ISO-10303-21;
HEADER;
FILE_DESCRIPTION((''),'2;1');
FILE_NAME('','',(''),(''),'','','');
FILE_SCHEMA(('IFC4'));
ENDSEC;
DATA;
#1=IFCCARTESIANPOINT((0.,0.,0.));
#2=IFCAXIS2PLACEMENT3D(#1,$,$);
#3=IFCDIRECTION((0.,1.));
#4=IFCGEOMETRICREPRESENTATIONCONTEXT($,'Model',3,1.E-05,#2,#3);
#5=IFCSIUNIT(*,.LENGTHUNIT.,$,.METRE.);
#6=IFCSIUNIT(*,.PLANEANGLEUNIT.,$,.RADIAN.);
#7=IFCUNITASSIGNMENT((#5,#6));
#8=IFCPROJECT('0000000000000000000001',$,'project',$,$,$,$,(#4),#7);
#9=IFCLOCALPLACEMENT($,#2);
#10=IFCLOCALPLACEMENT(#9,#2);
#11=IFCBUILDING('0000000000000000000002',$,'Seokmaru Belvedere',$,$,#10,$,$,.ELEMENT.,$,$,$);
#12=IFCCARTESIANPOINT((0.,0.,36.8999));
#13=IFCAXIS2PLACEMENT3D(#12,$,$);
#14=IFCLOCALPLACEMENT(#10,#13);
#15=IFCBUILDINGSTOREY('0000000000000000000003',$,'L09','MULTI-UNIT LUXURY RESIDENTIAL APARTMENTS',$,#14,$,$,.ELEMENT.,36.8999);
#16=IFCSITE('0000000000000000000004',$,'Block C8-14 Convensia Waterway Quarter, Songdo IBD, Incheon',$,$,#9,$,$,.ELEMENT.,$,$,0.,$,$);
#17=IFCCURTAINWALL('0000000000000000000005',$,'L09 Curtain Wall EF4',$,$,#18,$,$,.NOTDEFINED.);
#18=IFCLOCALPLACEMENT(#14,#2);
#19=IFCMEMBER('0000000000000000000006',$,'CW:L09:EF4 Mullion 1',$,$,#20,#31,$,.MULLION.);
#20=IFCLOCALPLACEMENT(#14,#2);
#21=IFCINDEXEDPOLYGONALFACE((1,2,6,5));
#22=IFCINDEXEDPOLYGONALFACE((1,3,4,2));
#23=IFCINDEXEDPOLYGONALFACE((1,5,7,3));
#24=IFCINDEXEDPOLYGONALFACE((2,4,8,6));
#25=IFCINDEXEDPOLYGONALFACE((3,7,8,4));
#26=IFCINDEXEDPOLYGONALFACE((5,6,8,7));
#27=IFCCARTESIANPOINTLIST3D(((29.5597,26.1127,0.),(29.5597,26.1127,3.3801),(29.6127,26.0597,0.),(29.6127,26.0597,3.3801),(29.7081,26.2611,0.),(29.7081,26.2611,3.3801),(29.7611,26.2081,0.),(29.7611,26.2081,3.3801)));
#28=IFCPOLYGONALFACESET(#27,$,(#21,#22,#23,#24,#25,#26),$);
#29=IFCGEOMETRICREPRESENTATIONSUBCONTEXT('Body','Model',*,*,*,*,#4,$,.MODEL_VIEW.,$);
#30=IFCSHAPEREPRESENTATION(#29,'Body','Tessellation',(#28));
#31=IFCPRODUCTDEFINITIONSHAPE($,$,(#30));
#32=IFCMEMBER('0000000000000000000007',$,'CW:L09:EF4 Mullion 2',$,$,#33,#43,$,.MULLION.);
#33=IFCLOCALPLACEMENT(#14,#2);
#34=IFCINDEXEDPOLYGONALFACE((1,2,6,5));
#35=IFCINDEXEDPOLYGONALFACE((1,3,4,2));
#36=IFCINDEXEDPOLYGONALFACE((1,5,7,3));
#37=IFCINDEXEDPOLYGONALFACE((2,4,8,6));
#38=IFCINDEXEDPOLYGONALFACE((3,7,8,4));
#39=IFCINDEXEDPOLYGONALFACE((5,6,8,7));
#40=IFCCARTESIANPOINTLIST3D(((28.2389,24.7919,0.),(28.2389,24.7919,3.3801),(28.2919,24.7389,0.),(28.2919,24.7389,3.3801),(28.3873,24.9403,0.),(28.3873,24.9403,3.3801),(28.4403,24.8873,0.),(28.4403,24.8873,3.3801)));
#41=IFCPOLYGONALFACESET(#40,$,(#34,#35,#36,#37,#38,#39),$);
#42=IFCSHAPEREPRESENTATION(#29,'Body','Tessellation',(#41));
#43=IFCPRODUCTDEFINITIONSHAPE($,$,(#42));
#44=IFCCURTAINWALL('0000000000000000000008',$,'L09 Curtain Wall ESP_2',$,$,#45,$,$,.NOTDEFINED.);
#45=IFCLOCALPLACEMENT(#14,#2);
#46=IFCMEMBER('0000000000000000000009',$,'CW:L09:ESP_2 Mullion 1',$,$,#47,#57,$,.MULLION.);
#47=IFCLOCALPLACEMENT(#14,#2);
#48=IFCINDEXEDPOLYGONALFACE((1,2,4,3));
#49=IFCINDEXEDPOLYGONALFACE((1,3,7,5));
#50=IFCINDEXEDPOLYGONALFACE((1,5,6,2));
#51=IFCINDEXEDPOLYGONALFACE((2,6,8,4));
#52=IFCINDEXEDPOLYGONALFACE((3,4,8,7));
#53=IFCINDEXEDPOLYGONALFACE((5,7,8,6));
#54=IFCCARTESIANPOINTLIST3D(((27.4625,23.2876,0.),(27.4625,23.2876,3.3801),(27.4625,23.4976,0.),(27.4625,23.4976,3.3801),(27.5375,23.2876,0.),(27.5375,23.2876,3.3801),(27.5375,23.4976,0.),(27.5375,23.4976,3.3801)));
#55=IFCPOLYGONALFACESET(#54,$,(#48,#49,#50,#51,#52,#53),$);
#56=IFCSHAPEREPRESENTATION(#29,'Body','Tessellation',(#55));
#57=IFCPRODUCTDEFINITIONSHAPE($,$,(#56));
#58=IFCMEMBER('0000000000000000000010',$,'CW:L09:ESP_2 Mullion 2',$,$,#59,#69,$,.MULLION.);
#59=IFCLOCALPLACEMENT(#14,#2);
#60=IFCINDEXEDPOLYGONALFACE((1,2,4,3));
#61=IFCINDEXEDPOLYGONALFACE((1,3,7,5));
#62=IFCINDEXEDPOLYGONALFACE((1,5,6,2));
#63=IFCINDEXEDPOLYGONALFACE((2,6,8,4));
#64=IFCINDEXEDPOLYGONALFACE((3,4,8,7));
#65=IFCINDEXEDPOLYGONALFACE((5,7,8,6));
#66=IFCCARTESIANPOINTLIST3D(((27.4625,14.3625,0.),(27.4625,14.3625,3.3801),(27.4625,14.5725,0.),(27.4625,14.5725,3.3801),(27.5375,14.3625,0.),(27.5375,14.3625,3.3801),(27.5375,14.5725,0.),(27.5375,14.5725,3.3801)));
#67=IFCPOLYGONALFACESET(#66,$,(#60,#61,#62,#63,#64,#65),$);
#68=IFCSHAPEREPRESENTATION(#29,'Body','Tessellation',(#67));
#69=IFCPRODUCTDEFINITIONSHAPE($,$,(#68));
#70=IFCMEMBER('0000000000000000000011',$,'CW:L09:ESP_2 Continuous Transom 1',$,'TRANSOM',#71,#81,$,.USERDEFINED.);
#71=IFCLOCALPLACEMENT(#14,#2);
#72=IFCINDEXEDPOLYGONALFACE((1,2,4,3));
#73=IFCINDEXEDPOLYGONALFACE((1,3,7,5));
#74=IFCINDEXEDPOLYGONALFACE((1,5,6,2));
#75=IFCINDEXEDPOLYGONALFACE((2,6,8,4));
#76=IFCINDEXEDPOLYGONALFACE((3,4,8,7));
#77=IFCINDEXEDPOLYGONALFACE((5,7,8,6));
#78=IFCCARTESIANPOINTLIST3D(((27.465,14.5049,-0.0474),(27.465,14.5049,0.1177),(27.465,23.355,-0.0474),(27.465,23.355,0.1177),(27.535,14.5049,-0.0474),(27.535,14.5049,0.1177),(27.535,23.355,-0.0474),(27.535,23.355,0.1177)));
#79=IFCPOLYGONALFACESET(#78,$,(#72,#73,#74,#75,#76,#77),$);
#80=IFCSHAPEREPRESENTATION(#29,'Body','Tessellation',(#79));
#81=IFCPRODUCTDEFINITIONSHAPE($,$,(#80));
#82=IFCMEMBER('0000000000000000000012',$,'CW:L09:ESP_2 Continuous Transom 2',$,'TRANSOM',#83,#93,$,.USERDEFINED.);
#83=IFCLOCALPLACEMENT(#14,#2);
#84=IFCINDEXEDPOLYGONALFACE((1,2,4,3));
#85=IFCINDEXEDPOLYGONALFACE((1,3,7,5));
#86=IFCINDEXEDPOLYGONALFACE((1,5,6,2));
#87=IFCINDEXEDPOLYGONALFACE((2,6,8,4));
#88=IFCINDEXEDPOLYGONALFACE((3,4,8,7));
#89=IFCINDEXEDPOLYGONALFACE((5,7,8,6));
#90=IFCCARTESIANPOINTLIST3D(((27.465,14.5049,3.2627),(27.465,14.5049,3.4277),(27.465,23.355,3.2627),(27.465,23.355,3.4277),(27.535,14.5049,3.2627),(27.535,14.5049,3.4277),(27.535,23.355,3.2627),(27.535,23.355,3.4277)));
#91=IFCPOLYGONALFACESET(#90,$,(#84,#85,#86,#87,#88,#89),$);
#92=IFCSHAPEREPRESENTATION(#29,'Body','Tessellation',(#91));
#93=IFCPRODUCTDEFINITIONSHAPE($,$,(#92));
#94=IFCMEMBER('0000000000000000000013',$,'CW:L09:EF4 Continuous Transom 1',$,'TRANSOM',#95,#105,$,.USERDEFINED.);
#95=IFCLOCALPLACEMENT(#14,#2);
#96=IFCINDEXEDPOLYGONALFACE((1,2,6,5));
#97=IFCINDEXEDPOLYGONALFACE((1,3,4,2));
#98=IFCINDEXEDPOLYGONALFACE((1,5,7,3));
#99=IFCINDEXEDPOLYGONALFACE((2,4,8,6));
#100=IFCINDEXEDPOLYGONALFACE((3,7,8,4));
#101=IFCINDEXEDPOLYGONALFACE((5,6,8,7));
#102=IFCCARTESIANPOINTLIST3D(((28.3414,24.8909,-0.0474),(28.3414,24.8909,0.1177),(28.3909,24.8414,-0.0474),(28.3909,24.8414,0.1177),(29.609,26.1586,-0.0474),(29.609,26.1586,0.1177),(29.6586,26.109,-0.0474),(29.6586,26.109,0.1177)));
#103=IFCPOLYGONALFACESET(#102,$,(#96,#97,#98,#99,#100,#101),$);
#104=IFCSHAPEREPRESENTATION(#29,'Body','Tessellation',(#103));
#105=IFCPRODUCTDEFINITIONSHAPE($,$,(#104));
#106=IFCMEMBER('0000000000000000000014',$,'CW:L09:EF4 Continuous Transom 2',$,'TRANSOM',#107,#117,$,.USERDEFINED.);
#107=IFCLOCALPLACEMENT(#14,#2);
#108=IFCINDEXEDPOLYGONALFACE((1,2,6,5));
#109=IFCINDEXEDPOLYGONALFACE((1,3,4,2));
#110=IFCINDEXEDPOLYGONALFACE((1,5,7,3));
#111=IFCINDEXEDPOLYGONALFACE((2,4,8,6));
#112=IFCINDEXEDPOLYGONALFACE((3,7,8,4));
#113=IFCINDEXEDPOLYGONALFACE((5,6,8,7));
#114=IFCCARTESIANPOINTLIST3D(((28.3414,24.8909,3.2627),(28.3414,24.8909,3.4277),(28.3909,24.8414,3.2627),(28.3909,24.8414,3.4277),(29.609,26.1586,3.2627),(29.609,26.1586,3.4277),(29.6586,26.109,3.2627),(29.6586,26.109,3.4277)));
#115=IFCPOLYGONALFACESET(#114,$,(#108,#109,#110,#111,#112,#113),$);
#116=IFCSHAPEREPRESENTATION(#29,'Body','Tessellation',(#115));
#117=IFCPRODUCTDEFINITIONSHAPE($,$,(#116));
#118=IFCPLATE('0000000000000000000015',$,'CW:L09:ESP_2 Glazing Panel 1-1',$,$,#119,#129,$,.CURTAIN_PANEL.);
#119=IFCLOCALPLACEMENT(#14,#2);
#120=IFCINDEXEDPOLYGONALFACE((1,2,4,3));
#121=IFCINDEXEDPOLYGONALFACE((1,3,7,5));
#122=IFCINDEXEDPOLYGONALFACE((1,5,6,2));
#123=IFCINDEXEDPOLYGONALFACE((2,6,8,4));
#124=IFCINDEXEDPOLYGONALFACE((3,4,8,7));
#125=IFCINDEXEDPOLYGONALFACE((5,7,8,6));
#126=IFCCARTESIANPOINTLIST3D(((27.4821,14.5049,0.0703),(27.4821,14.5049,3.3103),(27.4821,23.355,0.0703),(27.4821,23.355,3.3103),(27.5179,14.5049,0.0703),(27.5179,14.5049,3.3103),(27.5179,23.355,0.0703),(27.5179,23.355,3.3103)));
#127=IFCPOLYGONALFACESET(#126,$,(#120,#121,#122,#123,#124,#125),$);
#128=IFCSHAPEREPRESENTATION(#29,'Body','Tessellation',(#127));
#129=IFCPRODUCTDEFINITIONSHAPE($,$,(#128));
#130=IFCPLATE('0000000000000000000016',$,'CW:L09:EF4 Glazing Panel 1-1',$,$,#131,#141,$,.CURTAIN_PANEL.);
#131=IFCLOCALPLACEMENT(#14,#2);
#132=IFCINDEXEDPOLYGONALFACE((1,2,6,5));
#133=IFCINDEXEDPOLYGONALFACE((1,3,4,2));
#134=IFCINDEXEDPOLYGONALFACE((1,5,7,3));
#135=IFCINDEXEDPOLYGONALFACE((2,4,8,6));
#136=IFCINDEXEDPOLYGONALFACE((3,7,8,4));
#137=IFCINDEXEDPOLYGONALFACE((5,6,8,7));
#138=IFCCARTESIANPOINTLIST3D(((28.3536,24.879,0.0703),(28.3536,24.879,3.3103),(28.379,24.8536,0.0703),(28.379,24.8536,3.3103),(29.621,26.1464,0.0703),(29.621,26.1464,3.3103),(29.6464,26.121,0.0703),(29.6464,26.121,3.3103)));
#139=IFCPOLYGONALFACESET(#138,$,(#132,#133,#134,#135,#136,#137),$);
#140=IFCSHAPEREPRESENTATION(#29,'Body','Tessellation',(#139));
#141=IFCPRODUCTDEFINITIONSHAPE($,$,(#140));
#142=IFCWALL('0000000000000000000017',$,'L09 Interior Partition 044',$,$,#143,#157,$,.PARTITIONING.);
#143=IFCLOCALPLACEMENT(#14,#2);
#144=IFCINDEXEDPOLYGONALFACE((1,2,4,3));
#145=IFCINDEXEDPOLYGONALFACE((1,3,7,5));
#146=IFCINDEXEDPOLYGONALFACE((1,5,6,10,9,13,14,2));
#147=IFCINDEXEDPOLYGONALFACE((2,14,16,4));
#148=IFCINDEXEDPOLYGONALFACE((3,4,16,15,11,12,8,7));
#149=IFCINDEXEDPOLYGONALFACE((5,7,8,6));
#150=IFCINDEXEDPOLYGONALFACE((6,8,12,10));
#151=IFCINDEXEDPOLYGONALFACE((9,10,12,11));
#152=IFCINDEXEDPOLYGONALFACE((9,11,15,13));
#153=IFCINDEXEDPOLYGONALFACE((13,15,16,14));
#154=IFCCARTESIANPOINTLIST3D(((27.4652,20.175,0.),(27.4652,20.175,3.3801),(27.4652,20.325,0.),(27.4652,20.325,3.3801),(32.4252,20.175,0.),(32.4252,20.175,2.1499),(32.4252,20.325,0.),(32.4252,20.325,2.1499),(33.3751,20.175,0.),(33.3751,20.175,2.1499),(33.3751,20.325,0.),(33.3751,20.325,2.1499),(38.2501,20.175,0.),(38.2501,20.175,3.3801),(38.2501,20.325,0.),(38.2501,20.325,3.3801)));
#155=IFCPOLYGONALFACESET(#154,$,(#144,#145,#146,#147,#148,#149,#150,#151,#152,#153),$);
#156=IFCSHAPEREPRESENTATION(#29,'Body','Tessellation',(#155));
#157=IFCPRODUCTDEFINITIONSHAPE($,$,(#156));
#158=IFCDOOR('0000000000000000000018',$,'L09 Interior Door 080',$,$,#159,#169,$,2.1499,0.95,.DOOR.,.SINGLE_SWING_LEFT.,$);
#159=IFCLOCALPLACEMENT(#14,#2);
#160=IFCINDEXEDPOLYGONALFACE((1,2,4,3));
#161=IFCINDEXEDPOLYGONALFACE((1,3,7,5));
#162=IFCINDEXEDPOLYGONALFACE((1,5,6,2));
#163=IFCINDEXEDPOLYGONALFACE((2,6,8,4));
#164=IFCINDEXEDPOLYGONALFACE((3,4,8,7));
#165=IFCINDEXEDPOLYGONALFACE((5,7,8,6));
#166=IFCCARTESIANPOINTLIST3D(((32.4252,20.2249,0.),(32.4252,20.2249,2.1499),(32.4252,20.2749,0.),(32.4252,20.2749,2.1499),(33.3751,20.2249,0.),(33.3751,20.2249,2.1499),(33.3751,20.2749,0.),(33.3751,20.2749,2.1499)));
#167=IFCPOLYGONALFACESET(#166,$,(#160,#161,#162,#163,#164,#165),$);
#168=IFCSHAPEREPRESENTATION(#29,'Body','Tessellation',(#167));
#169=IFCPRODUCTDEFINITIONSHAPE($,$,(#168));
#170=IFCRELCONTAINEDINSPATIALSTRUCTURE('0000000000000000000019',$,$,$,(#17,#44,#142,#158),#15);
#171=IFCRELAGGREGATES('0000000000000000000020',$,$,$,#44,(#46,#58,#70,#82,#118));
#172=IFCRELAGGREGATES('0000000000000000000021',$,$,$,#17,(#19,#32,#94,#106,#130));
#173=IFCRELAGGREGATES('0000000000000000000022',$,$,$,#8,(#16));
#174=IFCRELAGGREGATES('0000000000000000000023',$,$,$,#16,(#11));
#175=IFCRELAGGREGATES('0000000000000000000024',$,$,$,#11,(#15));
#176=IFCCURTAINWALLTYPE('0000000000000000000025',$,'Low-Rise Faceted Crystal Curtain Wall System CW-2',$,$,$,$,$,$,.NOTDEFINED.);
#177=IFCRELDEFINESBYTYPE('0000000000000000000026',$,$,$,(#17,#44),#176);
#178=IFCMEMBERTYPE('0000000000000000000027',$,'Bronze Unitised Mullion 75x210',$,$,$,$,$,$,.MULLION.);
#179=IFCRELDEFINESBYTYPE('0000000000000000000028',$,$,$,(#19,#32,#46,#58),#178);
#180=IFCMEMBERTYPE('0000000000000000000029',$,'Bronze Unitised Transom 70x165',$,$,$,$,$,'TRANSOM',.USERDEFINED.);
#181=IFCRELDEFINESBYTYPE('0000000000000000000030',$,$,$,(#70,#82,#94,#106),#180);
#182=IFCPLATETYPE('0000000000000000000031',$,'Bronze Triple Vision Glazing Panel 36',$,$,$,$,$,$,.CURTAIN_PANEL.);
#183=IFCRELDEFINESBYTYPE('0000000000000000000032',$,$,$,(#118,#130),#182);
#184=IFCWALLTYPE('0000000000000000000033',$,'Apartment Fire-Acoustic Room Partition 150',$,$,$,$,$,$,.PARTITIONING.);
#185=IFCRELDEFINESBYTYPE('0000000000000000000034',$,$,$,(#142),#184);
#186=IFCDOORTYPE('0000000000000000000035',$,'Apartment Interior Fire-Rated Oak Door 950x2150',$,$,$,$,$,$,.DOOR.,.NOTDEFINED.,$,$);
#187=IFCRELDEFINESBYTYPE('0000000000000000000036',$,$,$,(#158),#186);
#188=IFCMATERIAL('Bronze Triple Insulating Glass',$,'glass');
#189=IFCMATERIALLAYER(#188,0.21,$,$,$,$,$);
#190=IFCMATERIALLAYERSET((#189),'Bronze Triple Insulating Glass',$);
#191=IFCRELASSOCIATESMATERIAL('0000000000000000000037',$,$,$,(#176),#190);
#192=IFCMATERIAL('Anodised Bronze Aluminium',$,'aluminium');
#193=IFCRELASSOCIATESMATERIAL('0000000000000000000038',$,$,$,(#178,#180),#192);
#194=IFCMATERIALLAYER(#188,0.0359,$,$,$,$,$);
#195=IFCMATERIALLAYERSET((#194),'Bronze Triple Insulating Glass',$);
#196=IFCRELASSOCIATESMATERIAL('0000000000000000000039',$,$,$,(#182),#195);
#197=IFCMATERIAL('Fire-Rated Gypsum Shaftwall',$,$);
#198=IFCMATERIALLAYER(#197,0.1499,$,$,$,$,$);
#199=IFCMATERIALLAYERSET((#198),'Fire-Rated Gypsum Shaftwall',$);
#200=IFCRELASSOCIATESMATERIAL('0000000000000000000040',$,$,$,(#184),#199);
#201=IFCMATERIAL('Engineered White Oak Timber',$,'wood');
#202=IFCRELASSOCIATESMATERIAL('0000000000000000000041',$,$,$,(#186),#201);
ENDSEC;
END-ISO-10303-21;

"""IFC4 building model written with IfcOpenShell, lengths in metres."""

from ifc_helpers import new_model, si_unit, direction, frame, frame_2d, origin, origin_2d, place, context, subcontext, project, spatial, rectangle, extrude, source, transform, mapped, material, layer, layer_set, material_profile, profile_set, type_object, type_shapes, element, fill, aggregate, save


model = new_model("IFC4")

# Units and contexts
model_context = context("Model", 3, precision=1e-05, world=origin(), true_north=direction((0.0, 1.0)))
body_context = subcontext(model_context, "Body", "Model", "MODEL_VIEW")
ifc_project = project(units=[si_unit("LENGTHUNIT", "METRE"), si_unit("PLANEANGLEUNIT", "RADIAN")], contexts=[model_context])

# Site, building, storey
site_placement = place(None, origin())
site = spatial("IfcSite", under=ifc_project, at=site_placement, Name="Block C8-14 Convensia Waterway Quarter, Songdo IBD, Incheon", CompositionType="ELEMENT", RefElevation=0.0)
building_placement = place(site_placement, origin())
building = spatial("IfcBuilding", under=site, at=building_placement, Name="Seokmaru Belvedere", CompositionType="ELEMENT")
storey_placement = place(building_placement, frame((0.0, 0.0, 36.8999)))
storey = spatial("IfcBuildingStorey", under=building, at=storey_placement, Name="L09", Description="MULTI-UNIT LUXURY RESIDENTIAL APARTMENTS", CompositionType="ELEMENT", Elevation=36.8999)

# Curtain walls, members
ifc_material_1 = material(Name="Bronze Triple Insulating Glass", Category="glass")
ifc_layer_1 = layer(ifc_material_1, 0.21)
ifc_layer_set_1 = layer_set([ifc_layer_1], Name="Bronze Triple Insulating Glass")
curtain_wall_type = type_object("IfcCurtainWallType", Name="Low-Rise Faceted Crystal Curtain Wall System CW-2", PredefinedType="NOTDEFINED", material=ifc_layer_set_1)
curtain_wall_1_placement = place(storey_placement, origin())
curtain_wall_1 = element("IfcCurtainWall", 1, at=curtain_wall_1_placement, inside=storey, type_object=curtain_wall_type, Name="L09 Curtain Wall EF4", PredefinedType="NOTDEFINED")
ifc_material_2 = material(Name="Anodised Bronze Aluminium", Category="aluminium")
ifc_material_profile_1 = material_profile(ifc_material_2, rectangle(XDim=0.075, YDim=0.21, at=origin_2d()), Name="CW-M-75x210")
ifc_profile_set_1 = profile_set([ifc_material_profile_1], Name="Anodised Bronze Aluminium")
member_type_1 = type_object("IfcMemberType", Name="Bronze Unitised Mullion 75x210", PredefinedType="MULLION", material=ifc_profile_set_1)
shared_shape_1 = source(origin(), body_context, "Body", "SweptSolid", [
    extrude(rectangle(XDim=0.075, YDim=0.21, at=origin_2d()), origin(), (0.0, 0.0, 1.0), 3.3801),
])
type_shapes(member_type_1, [shared_shape_1])
member_1_placement = place(storey_placement, frame((29.6604, 26.1604, 0.0), z_axis=(0.0, 0.0, 1.0), x_axis=(0.707107, -0.707107, 0.0)))
member_1 = element("IfcMember", 2, at=member_1_placement, type_object=member_type_1, Name="CW:L09:EF4 Mullion 1", PredefinedType="MULLION", context=body_context, shape_type="MappedRepresentation", body=[
    mapped(shared_shape_1, transform((0.0, 0.0, 0.0), scale=1.0)),
])
member_2_placement = place(storey_placement, frame((28.3396, 24.8396, 0.0), z_axis=(0.0, 0.0, 1.0), x_axis=(0.707107, -0.707107, 0.0)))
member_2 = element("IfcMember", 3, at=member_2_placement, type_object=member_type_1, Name="CW:L09:EF4 Mullion 2", PredefinedType="MULLION", context=body_context, shape_type="MappedRepresentation", body=[
    mapped(shared_shape_1, transform((0.0, 0.0, 0.0), scale=1.0)),
])
curtain_wall_2_placement = place(storey_placement, origin())
curtain_wall_2 = element("IfcCurtainWall", 4, at=curtain_wall_2_placement, inside=storey, type_object=curtain_wall_type, Name="L09 Curtain Wall ESP_2", PredefinedType="NOTDEFINED")
member_3_placement = place(storey_placement, frame((27.5, 23.3926, 0.0), z_axis=(0.0, 0.0, 1.0), x_axis=(1.0, 0.0, 0.0)))
member_3 = element("IfcMember", 5, at=member_3_placement, type_object=member_type_1, Name="CW:L09:ESP_2 Mullion 1", PredefinedType="MULLION", context=body_context, shape_type="MappedRepresentation", body=[
    mapped(shared_shape_1, transform((0.0, 0.0, 0.0), scale=1.0)),
])
member_4_placement = place(storey_placement, frame((27.5, 14.4675, 0.0), z_axis=(0.0, 0.0, 1.0), x_axis=(1.0, 0.0, 0.0)))
member_4 = element("IfcMember", 6, at=member_4_placement, type_object=member_type_1, Name="CW:L09:ESP_2 Mullion 2", PredefinedType="MULLION", context=body_context, shape_type="MappedRepresentation", body=[
    mapped(shared_shape_1, transform((0.0, 0.0, 0.0), scale=1.0)),
])
ifc_material_profile_2 = material_profile(ifc_material_2, rectangle(XDim=0.0701, YDim=0.165, at=origin_2d()), Name="CW-T-70x165")
ifc_profile_set_2 = profile_set([ifc_material_profile_2], Name="Anodised Bronze Aluminium")
member_type_2 = type_object("IfcMemberType", Name="Bronze Unitised Transom 70x165", ElementType="TRANSOM", PredefinedType="USERDEFINED", material=ifc_profile_set_2)
shared_shape_2 = source(origin(), body_context, "Body", "SweptSolid", [
    extrude(rectangle(XDim=0.0701, YDim=0.165, at=origin_2d()), origin(), (0.0, 0.0, 1.0), 8.8501),
])
member_5_placement = place(storey_placement, frame((27.5, 23.355, 0.0352), z_axis=(0.0, -1.0, 0.0), x_axis=(1.0, 0.0, 0.0)))
member_5 = element("IfcMember", 7, at=member_5_placement, type_object=member_type_2, Name="CW:L09:ESP_2 Continuous Transom 1", ObjectType="TRANSOM", PredefinedType="USERDEFINED", context=body_context, shape_type="MappedRepresentation", body=[
    mapped(shared_shape_2, transform((0.0, 0.0, 0.0), scale=1.0)),
])
member_6_placement = place(storey_placement, frame((27.5, 23.355, 3.3452), z_axis=(0.0, -1.0, 0.0), x_axis=(1.0, 0.0, 0.0)))
member_6 = element("IfcMember", 8, at=member_6_placement, type_object=member_type_2, Name="CW:L09:ESP_2 Continuous Transom 2", ObjectType="TRANSOM", PredefinedType="USERDEFINED", context=body_context, shape_type="MappedRepresentation", body=[
    mapped(shared_shape_2, transform((0.0, 0.0, 0.0), scale=1.0)),
])

# Members
shared_shape_3 = source(origin(), body_context, "Body", "SweptSolid", [
    extrude(rectangle(XDim=0.0701, YDim=0.165, at=origin_2d()), origin(), (0.0, 0.0, 1.0), 1.7927),
])
type_shapes(member_type_2, [shared_shape_2, shared_shape_3])
member_7_placement = place(storey_placement, frame((29.6338, 26.1338, 0.0352), z_axis=(-0.707107, -0.707107, 0.0), x_axis=(0.707107, -0.707107, 0.0)))
member_7 = element("IfcMember", 9, at=member_7_placement, type_object=member_type_2, Name="CW:L09:EF4 Continuous Transom 1", ObjectType="TRANSOM", PredefinedType="USERDEFINED", context=body_context, shape_type="MappedRepresentation", body=[
    mapped(shared_shape_3, transform((0.0, 0.0, 0.0), scale=1.0)),
])
member_8_placement = place(storey_placement, frame((29.6338, 26.1338, 3.3452), z_axis=(-0.707107, -0.707107, 0.0), x_axis=(0.707107, -0.707107, 0.0)))
member_8 = element("IfcMember", 10, at=member_8_placement, type_object=member_type_2, Name="CW:L09:EF4 Continuous Transom 2", ObjectType="TRANSOM", PredefinedType="USERDEFINED", context=body_context, shape_type="MappedRepresentation", body=[
    mapped(shared_shape_3, transform((0.0, 0.0, 0.0), scale=1.0)),
])

# Plates
ifc_layer_2 = layer(ifc_material_1, 0.0359)
ifc_layer_set_2 = layer_set([ifc_layer_2], Name="Bronze Triple Insulating Glass")
plate_type = type_object("IfcPlateType", Name="Bronze Triple Vision Glazing Panel 36", PredefinedType="CURTAIN_PANEL", material=ifc_layer_set_2)
shared_shape_4 = source(origin(), body_context, "Body", "SweptSolid", [
    extrude(rectangle(XDim=8.8501, YDim=0.0359, at=origin_2d()), origin(), (0.0, 0.0, 1.0), 3.24),
])
plate_1_placement = place(storey_placement, frame((27.5, 18.9299, 0.0703), z_axis=(0.0, 0.0, 1.0), x_axis=(0.0, -1.0, 0.0)))
plate_1 = element("IfcPlate", 11, at=plate_1_placement, type_object=plate_type, Name="CW:L09:ESP_2 Glazing Panel 1-1", PredefinedType="CURTAIN_PANEL", context=body_context, shape_type="MappedRepresentation", body=[
    mapped(shared_shape_4, transform((0.0, 0.0, 0.0), scale=1.0)),
])
aggregate(curtain_wall_2, [member_3, member_4, member_5, member_6, plate_1])
shared_shape_5 = source(origin(), body_context, "Body", "SweptSolid", [
    extrude(rectangle(XDim=1.7925, YDim=0.0359, at=origin_2d()), origin(), (0.0, 0.0, 1.0), 3.24),
])
type_shapes(plate_type, [shared_shape_4, shared_shape_5])
plate_2_placement = place(storey_placement, frame((29.0, 25.5, 0.0703), z_axis=(0.0, 0.0, 1.0), x_axis=(-0.707107, -0.707107, 0.0)))
plate_2 = element("IfcPlate", 12, at=plate_2_placement, type_object=plate_type, Name="CW:L09:EF4 Glazing Panel 1-1", PredefinedType="CURTAIN_PANEL", context=body_context, shape_type="MappedRepresentation", body=[
    mapped(shared_shape_5, transform((0.0, 0.0, 0.0), scale=1.0)),
])
aggregate(curtain_wall_1, [member_1, member_2, member_7, member_8, plate_2])

# Wall, opening, door
ifc_material_3 = material(Name="Fire-Rated Gypsum Shaftwall")
ifc_layer_3 = layer(ifc_material_3, 0.1499)
ifc_layer_set_3 = layer_set([ifc_layer_3], Name="Fire-Rated Gypsum Shaftwall")
wall_type_1 = type_object("IfcWallType", Name="Apartment Fire-Acoustic Room Partition 150", PredefinedType="PARTITIONING", material=ifc_layer_set_3)
wall_1_placement = place(storey_placement, frame((27.4651, 20.25, 0.0), z_axis=(0.0, 0.0, 1.0), x_axis=(1.0, 0.0, 0.0)))
wall_1 = element("IfcWall", 13, at=wall_1_placement, inside=storey, type_object=wall_type_1, Name="L09 Interior Partition 044", PredefinedType="PARTITIONING", context=body_context, shape_type="SweptSolid", body=[
    extrude(rectangle(XDim=10.7849, YDim=0.1499, at=frame_2d((5.3926, 0.0))), origin(), (0.0, 0.0, 1.0), 3.3801),
])
opening_1_placement = place(wall_1_placement, frame((4.96, 0.0, 0.0)))
opening_1 = element("IfcOpeningElement", 14, at=opening_1_placement, cuts=wall_1, PredefinedType="OPENING", context=body_context, shape_type="SweptSolid", body=[
    extrude(rectangle(XDim=0.95, YDim=2.1499, at=frame_2d((0.4751, 1.075))), frame((0.0, 0.085, 0.0), z_axis=(0.0, -1.0, 0.0), x_axis=(1.0, 0.0, 0.0)), (0.0, 0.0, 1.0), 0.1699),
])
ifc_material_4 = material(Name="Engineered White Oak Timber", Category="wood")
door_type_1 = type_object("IfcDoorType", Name="Apartment Interior Fire-Rated Oak Door 950x2150", OperationType="NOTDEFINED", PredefinedType="DOOR", material=ifc_material_4)
shared_shape_6 = source(origin(), body_context, "Body", "SweptSolid", [
    extrude(rectangle(XDim=0.95, YDim=2.1499, at=frame_2d((0.4751, 1.075))), frame((0.0, 0.0249, 0.0), z_axis=(0.0, -1.0, 0.0), x_axis=(1.0, 0.0, 0.0)), (0.0, 0.0, 1.0), 0.05),
])
type_shapes(door_type_1, [shared_shape_6])
door_1_placement = place(opening_1_placement, origin())
door_1 = element("IfcDoor", 15, at=door_1_placement, inside=storey, type_object=door_type_1, Name="L09 Interior Door 080", OperationType="SINGLE_SWING_LEFT", OverallHeight=2.1499, OverallWidth=0.95, PredefinedType="DOOR", context=body_context, shape_type="MappedRepresentation", body=[
    mapped(shared_shape_6, transform((0.0, 0.0, 0.0), scale=1.0)),
])
fill(opening_1, door_1)

save(model, "model.ifc")
